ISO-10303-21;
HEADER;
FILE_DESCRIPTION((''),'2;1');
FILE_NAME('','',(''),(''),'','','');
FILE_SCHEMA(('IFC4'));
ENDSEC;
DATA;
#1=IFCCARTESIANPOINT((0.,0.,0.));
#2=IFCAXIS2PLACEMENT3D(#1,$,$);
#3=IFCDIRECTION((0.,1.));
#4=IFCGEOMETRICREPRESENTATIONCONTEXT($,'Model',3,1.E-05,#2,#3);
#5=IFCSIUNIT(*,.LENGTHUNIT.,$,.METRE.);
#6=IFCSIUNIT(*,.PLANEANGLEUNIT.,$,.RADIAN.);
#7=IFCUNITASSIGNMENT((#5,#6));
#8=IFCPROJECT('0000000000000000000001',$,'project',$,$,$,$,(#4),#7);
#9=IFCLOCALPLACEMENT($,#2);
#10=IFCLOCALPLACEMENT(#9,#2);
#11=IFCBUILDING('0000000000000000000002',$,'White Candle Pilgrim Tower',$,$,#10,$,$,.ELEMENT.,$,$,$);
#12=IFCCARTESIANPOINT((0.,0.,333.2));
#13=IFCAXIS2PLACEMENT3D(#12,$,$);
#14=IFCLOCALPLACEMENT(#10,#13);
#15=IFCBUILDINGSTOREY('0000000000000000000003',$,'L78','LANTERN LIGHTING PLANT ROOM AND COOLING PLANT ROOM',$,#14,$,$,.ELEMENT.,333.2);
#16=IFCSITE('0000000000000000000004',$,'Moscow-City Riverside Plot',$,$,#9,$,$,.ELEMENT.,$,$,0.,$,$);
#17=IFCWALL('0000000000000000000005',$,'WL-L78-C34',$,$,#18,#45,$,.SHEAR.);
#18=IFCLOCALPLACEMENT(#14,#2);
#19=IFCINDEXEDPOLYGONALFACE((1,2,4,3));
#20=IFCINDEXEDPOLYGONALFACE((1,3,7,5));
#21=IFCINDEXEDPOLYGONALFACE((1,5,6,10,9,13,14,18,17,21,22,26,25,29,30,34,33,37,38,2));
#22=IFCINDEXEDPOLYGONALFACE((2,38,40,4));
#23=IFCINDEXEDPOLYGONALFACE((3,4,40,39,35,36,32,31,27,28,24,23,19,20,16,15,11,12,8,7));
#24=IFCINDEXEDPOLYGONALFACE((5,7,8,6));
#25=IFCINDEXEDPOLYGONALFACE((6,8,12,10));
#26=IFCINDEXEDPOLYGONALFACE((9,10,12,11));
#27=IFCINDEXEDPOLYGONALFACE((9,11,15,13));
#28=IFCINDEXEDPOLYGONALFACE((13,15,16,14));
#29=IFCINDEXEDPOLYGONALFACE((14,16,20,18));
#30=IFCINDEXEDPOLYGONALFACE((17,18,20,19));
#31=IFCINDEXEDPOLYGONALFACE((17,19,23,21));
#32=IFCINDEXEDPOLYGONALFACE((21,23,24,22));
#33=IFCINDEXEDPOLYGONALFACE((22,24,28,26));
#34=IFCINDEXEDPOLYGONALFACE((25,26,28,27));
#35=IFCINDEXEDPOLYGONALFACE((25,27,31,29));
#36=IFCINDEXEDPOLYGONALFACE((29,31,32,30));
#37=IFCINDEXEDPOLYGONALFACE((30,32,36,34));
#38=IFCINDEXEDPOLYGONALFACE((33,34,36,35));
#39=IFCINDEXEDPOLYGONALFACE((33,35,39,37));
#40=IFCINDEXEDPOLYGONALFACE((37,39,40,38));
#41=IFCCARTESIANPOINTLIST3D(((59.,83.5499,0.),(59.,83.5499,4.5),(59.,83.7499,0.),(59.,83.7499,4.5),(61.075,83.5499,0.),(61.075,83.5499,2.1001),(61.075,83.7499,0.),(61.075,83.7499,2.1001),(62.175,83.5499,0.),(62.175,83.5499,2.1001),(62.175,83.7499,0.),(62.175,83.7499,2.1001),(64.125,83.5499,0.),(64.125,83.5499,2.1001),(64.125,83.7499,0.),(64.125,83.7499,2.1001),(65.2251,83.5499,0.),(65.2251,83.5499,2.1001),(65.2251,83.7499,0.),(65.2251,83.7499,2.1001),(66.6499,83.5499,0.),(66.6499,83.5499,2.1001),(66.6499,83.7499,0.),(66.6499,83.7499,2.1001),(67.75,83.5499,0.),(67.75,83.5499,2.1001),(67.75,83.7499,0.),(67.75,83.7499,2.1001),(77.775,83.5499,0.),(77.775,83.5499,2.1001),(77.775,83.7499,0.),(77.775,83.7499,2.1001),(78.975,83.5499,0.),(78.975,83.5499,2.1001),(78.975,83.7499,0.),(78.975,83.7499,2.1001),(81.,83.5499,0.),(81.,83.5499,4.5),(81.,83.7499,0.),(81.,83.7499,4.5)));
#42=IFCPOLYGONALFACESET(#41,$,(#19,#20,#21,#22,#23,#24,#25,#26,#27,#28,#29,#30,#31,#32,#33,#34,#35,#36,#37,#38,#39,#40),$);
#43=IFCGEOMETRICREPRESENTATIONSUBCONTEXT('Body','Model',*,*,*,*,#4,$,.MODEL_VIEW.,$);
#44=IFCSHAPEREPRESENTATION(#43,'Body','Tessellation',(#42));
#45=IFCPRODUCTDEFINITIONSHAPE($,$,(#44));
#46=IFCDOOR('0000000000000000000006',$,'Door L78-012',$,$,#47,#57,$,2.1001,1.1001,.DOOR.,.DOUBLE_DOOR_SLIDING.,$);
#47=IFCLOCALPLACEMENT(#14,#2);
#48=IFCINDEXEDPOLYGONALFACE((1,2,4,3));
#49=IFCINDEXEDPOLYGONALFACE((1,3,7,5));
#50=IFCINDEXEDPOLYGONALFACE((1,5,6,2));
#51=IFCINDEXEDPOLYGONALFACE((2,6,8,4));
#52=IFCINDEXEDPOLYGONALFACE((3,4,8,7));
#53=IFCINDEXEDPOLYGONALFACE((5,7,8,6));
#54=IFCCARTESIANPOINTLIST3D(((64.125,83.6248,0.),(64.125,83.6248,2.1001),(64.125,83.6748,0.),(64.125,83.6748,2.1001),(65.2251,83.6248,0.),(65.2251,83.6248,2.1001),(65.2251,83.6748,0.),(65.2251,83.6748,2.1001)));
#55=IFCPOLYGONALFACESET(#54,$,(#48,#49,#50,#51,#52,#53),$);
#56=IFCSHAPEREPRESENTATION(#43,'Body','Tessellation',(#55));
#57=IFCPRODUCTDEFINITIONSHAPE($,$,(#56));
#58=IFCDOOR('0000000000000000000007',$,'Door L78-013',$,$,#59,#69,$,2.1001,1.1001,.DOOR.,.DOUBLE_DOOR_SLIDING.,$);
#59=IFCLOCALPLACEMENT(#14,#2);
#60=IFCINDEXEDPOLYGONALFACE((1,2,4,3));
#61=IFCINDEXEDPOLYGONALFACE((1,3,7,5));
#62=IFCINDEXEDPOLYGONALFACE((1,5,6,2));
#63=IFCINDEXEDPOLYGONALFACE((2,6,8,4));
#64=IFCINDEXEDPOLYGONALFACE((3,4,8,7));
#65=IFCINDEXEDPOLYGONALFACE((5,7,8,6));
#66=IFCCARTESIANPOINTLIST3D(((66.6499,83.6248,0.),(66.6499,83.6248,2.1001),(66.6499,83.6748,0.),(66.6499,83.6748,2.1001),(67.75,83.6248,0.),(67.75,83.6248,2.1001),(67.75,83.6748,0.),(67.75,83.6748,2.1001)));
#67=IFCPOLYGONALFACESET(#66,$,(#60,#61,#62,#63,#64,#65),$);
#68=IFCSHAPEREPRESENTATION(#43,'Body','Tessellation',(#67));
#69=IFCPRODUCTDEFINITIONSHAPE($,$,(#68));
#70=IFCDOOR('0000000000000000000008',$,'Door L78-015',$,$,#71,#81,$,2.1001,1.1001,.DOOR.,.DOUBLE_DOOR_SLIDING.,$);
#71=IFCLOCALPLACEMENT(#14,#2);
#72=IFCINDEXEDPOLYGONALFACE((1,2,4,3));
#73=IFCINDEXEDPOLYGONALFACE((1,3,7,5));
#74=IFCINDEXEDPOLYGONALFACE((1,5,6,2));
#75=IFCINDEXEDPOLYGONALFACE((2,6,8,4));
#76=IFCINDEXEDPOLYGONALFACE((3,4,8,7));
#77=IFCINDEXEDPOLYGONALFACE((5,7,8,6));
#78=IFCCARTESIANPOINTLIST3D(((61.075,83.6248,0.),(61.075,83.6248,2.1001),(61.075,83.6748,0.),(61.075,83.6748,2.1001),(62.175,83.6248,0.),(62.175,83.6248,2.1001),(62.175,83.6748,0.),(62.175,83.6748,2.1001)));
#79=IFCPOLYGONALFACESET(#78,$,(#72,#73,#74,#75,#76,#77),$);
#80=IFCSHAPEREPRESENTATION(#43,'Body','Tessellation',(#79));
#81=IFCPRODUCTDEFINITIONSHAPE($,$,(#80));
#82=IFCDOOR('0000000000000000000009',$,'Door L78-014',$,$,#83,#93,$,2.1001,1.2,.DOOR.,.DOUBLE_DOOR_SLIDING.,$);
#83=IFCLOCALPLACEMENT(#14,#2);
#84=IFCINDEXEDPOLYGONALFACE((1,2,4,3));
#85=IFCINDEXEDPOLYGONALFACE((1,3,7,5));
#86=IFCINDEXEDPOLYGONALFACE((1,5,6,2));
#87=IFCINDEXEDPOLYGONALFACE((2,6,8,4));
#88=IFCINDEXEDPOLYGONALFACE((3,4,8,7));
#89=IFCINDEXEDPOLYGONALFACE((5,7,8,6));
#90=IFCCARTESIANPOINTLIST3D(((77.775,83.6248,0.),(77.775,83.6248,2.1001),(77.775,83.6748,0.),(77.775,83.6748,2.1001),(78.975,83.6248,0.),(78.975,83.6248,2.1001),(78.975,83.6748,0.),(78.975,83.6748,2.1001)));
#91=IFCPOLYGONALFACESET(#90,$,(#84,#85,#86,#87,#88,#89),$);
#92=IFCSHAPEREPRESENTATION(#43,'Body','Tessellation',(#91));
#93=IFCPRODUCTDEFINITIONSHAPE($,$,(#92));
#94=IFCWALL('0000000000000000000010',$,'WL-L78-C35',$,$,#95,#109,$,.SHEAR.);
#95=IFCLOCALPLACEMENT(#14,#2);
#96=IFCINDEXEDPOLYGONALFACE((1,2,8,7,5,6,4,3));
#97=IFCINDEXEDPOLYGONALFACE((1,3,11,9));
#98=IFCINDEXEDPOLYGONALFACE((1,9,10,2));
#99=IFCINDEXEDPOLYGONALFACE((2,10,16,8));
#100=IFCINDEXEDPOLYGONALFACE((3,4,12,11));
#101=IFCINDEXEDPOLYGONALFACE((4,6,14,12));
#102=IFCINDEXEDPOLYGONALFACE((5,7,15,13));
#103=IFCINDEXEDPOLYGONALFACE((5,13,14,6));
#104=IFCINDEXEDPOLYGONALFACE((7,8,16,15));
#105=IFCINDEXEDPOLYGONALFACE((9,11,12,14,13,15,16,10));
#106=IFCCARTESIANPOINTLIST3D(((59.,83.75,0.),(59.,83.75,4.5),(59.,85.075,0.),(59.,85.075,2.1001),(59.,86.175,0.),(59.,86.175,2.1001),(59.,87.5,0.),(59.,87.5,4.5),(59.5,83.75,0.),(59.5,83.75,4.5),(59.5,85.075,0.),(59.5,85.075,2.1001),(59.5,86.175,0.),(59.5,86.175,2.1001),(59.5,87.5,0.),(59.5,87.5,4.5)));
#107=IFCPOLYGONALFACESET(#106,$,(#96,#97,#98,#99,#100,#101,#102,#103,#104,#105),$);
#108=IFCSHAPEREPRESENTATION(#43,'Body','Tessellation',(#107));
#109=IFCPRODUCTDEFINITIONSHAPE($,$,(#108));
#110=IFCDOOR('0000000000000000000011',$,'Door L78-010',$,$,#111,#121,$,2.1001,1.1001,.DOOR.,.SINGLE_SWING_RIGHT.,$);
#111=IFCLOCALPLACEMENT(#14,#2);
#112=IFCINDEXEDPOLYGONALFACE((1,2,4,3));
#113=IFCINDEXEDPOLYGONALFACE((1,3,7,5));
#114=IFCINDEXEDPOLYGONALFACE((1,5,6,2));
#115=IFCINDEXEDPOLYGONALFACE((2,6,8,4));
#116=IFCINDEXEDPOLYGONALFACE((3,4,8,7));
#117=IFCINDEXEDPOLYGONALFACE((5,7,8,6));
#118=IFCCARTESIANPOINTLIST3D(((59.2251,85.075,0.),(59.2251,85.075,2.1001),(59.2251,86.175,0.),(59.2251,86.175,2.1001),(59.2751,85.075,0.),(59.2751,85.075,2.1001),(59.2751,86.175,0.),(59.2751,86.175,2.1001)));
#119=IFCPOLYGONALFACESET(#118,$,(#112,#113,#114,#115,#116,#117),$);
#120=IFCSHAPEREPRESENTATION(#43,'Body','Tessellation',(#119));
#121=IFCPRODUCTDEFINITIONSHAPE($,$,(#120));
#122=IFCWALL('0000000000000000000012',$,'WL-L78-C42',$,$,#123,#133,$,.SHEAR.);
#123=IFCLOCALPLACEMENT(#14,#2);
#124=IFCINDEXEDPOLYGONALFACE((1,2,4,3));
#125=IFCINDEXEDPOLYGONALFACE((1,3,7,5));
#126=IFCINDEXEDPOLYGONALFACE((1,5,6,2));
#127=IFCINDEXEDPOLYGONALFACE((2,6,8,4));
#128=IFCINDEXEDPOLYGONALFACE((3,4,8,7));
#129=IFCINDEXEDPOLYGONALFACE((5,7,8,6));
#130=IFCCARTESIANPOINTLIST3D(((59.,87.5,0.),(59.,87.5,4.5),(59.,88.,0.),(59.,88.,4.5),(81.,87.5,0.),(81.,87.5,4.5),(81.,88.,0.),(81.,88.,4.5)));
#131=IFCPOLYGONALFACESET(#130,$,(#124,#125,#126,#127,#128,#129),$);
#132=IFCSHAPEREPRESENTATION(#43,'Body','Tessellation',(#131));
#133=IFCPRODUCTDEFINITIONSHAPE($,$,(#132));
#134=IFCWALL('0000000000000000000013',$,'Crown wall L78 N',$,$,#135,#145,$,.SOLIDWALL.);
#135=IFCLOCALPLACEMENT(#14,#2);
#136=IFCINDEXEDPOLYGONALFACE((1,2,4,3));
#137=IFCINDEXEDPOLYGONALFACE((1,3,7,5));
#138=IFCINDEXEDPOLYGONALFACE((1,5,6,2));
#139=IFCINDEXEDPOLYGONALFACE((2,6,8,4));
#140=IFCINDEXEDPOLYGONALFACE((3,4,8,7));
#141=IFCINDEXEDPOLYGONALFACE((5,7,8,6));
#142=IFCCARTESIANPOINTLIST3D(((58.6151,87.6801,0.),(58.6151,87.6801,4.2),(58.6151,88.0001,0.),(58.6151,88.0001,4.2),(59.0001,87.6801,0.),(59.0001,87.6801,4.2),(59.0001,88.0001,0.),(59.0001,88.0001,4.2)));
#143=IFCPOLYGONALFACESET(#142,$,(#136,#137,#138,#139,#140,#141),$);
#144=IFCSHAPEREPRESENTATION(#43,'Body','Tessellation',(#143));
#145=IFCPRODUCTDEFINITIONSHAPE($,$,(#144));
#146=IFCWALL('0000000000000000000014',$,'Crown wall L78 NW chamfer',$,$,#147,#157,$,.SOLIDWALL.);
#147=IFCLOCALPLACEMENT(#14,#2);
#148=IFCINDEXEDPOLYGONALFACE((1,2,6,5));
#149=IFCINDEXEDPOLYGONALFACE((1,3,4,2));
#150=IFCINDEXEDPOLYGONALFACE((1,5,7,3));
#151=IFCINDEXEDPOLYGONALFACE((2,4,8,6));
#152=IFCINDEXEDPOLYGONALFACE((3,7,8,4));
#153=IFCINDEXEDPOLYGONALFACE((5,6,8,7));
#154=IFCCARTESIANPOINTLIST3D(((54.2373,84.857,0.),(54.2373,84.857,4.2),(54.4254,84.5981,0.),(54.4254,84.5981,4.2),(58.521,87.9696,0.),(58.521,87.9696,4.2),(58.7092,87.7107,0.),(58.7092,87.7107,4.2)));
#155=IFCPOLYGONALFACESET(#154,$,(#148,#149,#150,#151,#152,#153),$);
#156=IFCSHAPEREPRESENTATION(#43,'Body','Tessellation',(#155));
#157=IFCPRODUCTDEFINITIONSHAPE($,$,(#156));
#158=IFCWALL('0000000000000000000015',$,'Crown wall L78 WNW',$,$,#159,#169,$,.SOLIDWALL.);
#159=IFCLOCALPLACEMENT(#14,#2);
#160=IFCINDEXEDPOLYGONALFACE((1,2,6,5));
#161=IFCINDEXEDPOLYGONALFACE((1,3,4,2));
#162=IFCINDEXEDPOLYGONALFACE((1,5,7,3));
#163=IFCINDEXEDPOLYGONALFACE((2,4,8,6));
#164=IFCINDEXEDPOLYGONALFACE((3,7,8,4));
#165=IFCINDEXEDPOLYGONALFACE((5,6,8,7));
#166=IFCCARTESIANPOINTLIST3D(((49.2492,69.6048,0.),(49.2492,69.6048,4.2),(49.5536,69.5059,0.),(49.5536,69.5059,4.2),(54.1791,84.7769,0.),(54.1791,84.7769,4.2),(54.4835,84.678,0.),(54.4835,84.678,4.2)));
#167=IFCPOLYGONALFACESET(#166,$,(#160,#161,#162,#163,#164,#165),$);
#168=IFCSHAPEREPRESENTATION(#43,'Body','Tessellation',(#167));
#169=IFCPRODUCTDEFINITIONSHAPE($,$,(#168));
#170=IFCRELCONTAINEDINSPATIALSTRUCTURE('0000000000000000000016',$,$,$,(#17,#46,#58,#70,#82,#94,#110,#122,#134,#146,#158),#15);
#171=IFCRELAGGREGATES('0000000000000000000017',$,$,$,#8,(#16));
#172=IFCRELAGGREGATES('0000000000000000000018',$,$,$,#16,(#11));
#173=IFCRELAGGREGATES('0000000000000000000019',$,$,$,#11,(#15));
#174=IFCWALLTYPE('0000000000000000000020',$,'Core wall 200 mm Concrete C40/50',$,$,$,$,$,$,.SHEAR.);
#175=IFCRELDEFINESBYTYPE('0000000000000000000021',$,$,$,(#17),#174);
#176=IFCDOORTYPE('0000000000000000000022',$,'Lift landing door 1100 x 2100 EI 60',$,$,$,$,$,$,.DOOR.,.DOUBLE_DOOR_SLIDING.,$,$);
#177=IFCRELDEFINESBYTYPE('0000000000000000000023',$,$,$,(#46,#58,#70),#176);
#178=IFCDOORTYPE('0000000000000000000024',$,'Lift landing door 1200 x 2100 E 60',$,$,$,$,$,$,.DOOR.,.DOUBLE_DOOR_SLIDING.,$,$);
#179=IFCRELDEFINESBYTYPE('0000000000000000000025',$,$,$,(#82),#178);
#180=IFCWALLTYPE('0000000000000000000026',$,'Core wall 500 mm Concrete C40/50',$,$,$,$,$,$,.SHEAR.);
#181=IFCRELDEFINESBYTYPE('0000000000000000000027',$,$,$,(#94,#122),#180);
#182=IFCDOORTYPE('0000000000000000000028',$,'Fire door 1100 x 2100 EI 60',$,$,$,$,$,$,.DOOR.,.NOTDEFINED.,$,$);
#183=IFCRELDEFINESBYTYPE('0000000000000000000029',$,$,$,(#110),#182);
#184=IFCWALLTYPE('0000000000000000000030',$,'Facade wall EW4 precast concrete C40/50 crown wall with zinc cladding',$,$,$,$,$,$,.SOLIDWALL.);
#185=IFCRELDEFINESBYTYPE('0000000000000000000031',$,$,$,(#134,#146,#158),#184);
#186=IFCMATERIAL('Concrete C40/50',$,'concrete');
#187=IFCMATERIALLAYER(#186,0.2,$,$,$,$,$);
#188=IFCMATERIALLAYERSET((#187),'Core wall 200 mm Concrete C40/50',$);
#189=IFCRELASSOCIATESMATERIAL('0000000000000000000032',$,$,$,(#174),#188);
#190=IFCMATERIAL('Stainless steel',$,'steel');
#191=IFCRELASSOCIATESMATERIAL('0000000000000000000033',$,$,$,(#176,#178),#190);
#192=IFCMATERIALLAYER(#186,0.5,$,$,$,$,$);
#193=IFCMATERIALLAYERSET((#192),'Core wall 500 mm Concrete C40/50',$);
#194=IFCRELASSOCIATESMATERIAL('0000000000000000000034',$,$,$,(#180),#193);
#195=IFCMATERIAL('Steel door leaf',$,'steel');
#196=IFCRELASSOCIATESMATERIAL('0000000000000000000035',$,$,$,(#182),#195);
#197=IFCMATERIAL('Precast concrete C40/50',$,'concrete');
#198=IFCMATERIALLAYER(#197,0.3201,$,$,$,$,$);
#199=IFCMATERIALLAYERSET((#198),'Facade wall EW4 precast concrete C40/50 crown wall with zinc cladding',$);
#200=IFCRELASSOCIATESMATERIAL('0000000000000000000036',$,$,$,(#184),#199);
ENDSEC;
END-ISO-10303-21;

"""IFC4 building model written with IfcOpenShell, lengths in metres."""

from ifc_helpers import new_model, si_unit, direction, frame, frame_2d, origin, place, context, subcontext, project, spatial, rectangle, extrude, material, layer, layer_set, type_object, element, fill, save


model = new_model("IFC4")

# Units and contexts
model_context = context("Model", 3, precision=1e-05, world=origin(), true_north=direction((0.0, 1.0)))
body_context = subcontext(model_context, "Body", "Model", "MODEL_VIEW")
ifc_project = project(units=[si_unit("LENGTHUNIT", "METRE"), si_unit("PLANEANGLEUNIT", "RADIAN")], contexts=[model_context])

# Site, building, storey
site_placement = place(None, origin())
site = spatial("IfcSite", under=ifc_project, at=site_placement, Name="Moscow-City Riverside Plot", CompositionType="ELEMENT", RefElevation=0.0)
building_placement = place(site_placement, origin())
building = spatial("IfcBuilding", under=site, at=building_placement, Name="White Candle Pilgrim Tower", CompositionType="ELEMENT")
storey_placement = place(building_placement, frame((0.0, 0.0, 333.2)))
storey = spatial("IfcBuildingStorey", under=building, at=storey_placement, Name="L78", Description="LANTERN LIGHTING PLANT ROOM AND COOLING PLANT ROOM", CompositionType="ELEMENT", Elevation=333.2)

# Shared definitions
ifc_material_1 = material(Name="Concrete C40/50", Category="concrete")
ifc_layer_1 = layer(ifc_material_1, 0.2)
ifc_layer_set_1 = layer_set([ifc_layer_1], Name="Core wall 200 mm Concrete C40/50")
wall_type_1 = type_object("IfcWallType", Name="Core wall 200 mm Concrete C40/50", PredefinedType="SHEAR", material=ifc_layer_set_1)

# Wall, openings, doors
wall_1_placement = place(storey_placement, frame((59.0, 83.6499, 0.0), z_axis=(0.0, 0.0, 1.0), x_axis=(1.0, 0.0, 0.0)))
wall_1 = element("IfcWall", 1, at=wall_1_placement, inside=storey, type_object=wall_type_1, Name="WL-L78-C34", PredefinedType="SHEAR", context=body_context, shape_type="SweptSolid", body=[
    extrude(rectangle(XDim=22.0, YDim=0.2, at=frame_2d((11.0, 0.0))), origin(), (0.0, 0.0, 1.0), 4.5),
])
opening_1_placement = place(wall_1_placement, frame((5.125, 0.0, 0.0)))
opening_1 = element("IfcOpeningElement", 2, at=opening_1_placement, cuts=wall_1, PredefinedType="OPENING", context=body_context, shape_type="SweptSolid", body=[
    extrude(rectangle(XDim=1.1001, YDim=2.1001, at=frame_2d((0.55, 1.05))), frame((0.0, 0.1099, 0.0), z_axis=(0.0, -1.0, 0.0), x_axis=(1.0, 0.0, 0.0)), (0.0, 0.0, 1.0), 0.22),
])
opening_2_placement = place(wall_1_placement, frame((7.6499, 0.0, 0.0)))
opening_2 = element("IfcOpeningElement", 3, at=opening_2_placement, cuts=wall_1, PredefinedType="OPENING", context=body_context, shape_type="SweptSolid", body=[
    extrude(rectangle(XDim=1.1001, YDim=2.1001, at=frame_2d((0.55, 1.05))), frame((0.0, 0.1099, 0.0), z_axis=(0.0, -1.0, 0.0), x_axis=(1.0, 0.0, 0.0)), (0.0, 0.0, 1.0), 0.22),
])
opening_3_placement = place(wall_1_placement, frame((18.7749, 0.0, 0.0)))
opening_3 = element("IfcOpeningElement", 4, at=opening_3_placement, cuts=wall_1, PredefinedType="OPENING", context=body_context, shape_type="SweptSolid", body=[
    extrude(rectangle(XDim=1.2, YDim=2.1001, at=frame_2d((0.6001, 1.05))), frame((0.0, 0.1099, 0.0), z_axis=(0.0, -1.0, 0.0), x_axis=(1.0, 0.0, 0.0)), (0.0, 0.0, 1.0), 0.22),
])
opening_4_placement = place(wall_1_placement, frame((2.075, 0.0, 0.0)))
opening_4 = element("IfcOpeningElement", 5, at=opening_4_placement, cuts=wall_1, PredefinedType="OPENING", context=body_context, shape_type="SweptSolid", body=[
    extrude(rectangle(XDim=1.1001, YDim=2.1001, at=frame_2d((0.55, 1.05))), frame((0.0, 0.1099, 0.0), z_axis=(0.0, -1.0, 0.0), x_axis=(1.0, 0.0, 0.0)), (0.0, 0.0, 1.0), 0.22),
])
ifc_material_2 = material(Name="Stainless steel", Category="steel")
door_type_1 = type_object("IfcDoorType", Name="Lift landing door 1100 x 2100 EI 60", OperationType="DOUBLE_DOOR_SLIDING", PredefinedType="DOOR", material=ifc_material_2)
door_1_placement = place(opening_1_placement, origin())
door_1 = element("IfcDoor", 6, at=door_1_placement, inside=storey, type_object=door_type_1, Name="Door L78-012", OperationType="DOUBLE_DOOR_SLIDING", OverallHeight=2.1001, OverallWidth=1.1001, PredefinedType="DOOR", context=body_context, shape_type="SweptSolid", body=[
    extrude(rectangle(XDim=1.1001, YDim=2.1001, at=frame_2d((0.55, 1.05))), frame((0.0, 0.0249, 0.0), z_axis=(0.0, -1.0, 0.0), x_axis=(1.0, 0.0, 0.0)), (0.0, 0.0, 1.0), 0.05),
])
fill(opening_1, door_1)
door_2_placement = place(opening_2_placement, origin())
door_2 = element("IfcDoor", 7, at=door_2_placement, inside=storey, type_object=door_type_1, Name="Door L78-013", OperationType="DOUBLE_DOOR_SLIDING", OverallHeight=2.1001, OverallWidth=1.1001, PredefinedType="DOOR", context=body_context, shape_type="SweptSolid", body=[
    extrude(rectangle(XDim=1.1001, YDim=2.1001, at=frame_2d((0.55, 1.05))), frame((0.0, 0.0249, 0.0), z_axis=(0.0, -1.0, 0.0), x_axis=(1.0, 0.0, 0.0)), (0.0, 0.0, 1.0), 0.05),
])
fill(opening_2, door_2)
door_3_placement = place(opening_4_placement, origin())
door_3 = element("IfcDoor", 8, at=door_3_placement, inside=storey, type_object=door_type_1, Name="Door L78-015", OperationType="DOUBLE_DOOR_SLIDING", OverallHeight=2.1001, OverallWidth=1.1001, PredefinedType="DOOR", context=body_context, shape_type="SweptSolid", body=[
    extrude(rectangle(XDim=1.1001, YDim=2.1001, at=frame_2d((0.55, 1.05))), frame((0.0, 0.0249, 0.0), z_axis=(0.0, -1.0, 0.0), x_axis=(1.0, 0.0, 0.0)), (0.0, 0.0, 1.0), 0.05),
])
fill(opening_4, door_3)
door_type_2 = type_object("IfcDoorType", Name="Lift landing door 1200 x 2100 E 60", OperationType="DOUBLE_DOOR_SLIDING", PredefinedType="DOOR", material=ifc_material_2)
door_4_placement = place(opening_3_placement, origin())
door_4 = element("IfcDoor", 9, at=door_4_placement, inside=storey, type_object=door_type_2, Name="Door L78-014", OperationType="DOUBLE_DOOR_SLIDING", OverallHeight=2.1001, OverallWidth=1.2, PredefinedType="DOOR", context=body_context, shape_type="SweptSolid", body=[
    extrude(rectangle(XDim=1.2, YDim=2.1001, at=frame_2d((0.6001, 1.05))), frame((0.0, 0.0249, 0.0), z_axis=(0.0, -1.0, 0.0), x_axis=(1.0, 0.0, 0.0)), (0.0, 0.0, 1.0), 0.05),
])
fill(opening_3, door_4)

# Wall, opening, door
ifc_layer_2 = layer(ifc_material_1, 0.5)
ifc_layer_set_2 = layer_set([ifc_layer_2], Name="Core wall 500 mm Concrete C40/50")
wall_type_2 = type_object("IfcWallType", Name="Core wall 500 mm Concrete C40/50", PredefinedType="SHEAR", material=ifc_layer_set_2)
wall_2_placement = place(storey_placement, frame((59.25, 83.75, 0.0), z_axis=(0.0, 0.0, 1.0), x_axis=(0.0, 1.0, 0.0)))
wall_2 = element("IfcWall", 10, at=wall_2_placement, inside=storey, type_object=wall_type_2, Name="WL-L78-C35", PredefinedType="SHEAR", context=body_context, shape_type="SweptSolid", body=[
    extrude(rectangle(XDim=3.75, YDim=0.5, at=frame_2d((1.875, 0.0))), origin(), (0.0, 0.0, 1.0), 4.5),
])
opening_5_placement = place(wall_2_placement, frame((1.325, 0.0, 0.0)))
opening_5 = element("IfcOpeningElement", 11, at=opening_5_placement, cuts=wall_2, PredefinedType="OPENING", context=body_context, shape_type="SweptSolid", body=[
    extrude(rectangle(XDim=1.1001, YDim=2.1001, at=frame_2d((0.55, 1.05))), frame((0.0, 0.26, 0.0), z_axis=(0.0, -1.0, 0.0), x_axis=(1.0, 0.0, 0.0)), (0.0, 0.0, 1.0), 0.52),
])
ifc_material_3 = material(Name="Steel door leaf", Category="steel")
door_type_3 = type_object("IfcDoorType", Name="Fire door 1100 x 2100 EI 60", OperationType="NOTDEFINED", PredefinedType="DOOR", material=ifc_material_3)
door_5_placement = place(opening_5_placement, origin())
door_5 = element("IfcDoor", 12, at=door_5_placement, inside=storey, type_object=door_type_3, Name="Door L78-010", OperationType="SINGLE_SWING_RIGHT", OverallHeight=2.1001, OverallWidth=1.1001, PredefinedType="DOOR", context=body_context, shape_type="SweptSolid", body=[
    extrude(rectangle(XDim=1.1001, YDim=2.1001, at=frame_2d((0.55, 1.05))), frame((0.0, 0.0249, 0.0), z_axis=(0.0, -1.0, 0.0), x_axis=(1.0, 0.0, 0.0)), (0.0, 0.0, 1.0), 0.05),
])
fill(opening_5, door_5)

# Walls
wall_3_placement = place(storey_placement, frame((59.0, 87.75, 0.0), z_axis=(0.0, 0.0, 1.0), x_axis=(1.0, 0.0, 0.0)))
element("IfcWall", 13, at=wall_3_placement, inside=storey, type_object=wall_type_2, Name="WL-L78-C42", PredefinedType="SHEAR", context=body_context, shape_type="SweptSolid", body=[
    extrude(rectangle(XDim=22.0, YDim=0.5, at=frame_2d((11.0, 0.0))), origin(), (0.0, 0.0, 1.0), 4.5),
])
ifc_material_4 = material(Name="Precast concrete C40/50", Category="concrete")
ifc_layer_3 = layer(ifc_material_4, 0.3201)
ifc_layer_set_3 = layer_set([ifc_layer_3], Name="Facade wall EW4 precast concrete C40/50 crown wall with zinc cladding")
wall_type_3 = type_object("IfcWallType", Name="Facade wall EW4 precast concrete C40/50 crown wall with zinc cladding", PredefinedType="SOLIDWALL", material=ifc_layer_set_3)
wall_4_placement = place(storey_placement, frame((59.0, 87.8401, 0.0), z_axis=(0.0, 0.0, 1.0), x_axis=(-1.0, 0.0, 0.0)))
element("IfcWall", 14, at=wall_4_placement, inside=storey, type_object=wall_type_3, Name="Crown wall L78 N", PredefinedType="SOLIDWALL", context=body_context, shape_type="SweptSolid", body=[
    extrude(rectangle(XDim=0.385, YDim=0.3201, at=frame_2d((0.1924, 0.0))), origin(), (0.0, 0.0, 1.0), 4.2),
])
wall_5_placement = place(storey_placement, frame((58.615, 87.8401, 0.0), z_axis=(0.0, 0.0, 1.0), x_axis=(-0.808993, -0.587818, 0.0)))
element("IfcWall", 15, at=wall_5_placement, inside=storey, type_object=wall_type_3, Name="Crown wall L78 NW chamfer", PredefinedType="SOLIDWALL", context=body_context, shape_type="SweptSolid", body=[
    extrude(rectangle(XDim=5.2952, YDim=0.3201, at=frame_2d((2.6475, 0.0))), origin(), (0.0, 0.0, 1.0), 4.2),
])
wall_6_placement = place(storey_placement, frame((54.3313, 84.7275, 0.0), z_axis=(0.0, 0.0, 1.0), x_axis=(-0.309029, -0.951053, 0.0)))
element("IfcWall", 16, at=wall_6_placement, inside=storey, type_object=wall_type_3, Name="Crown wall L78 WNW", PredefinedType="SOLIDWALL", context=body_context, shape_type="SweptSolid", body=[
    extrude(rectangle(XDim=15.9529, YDim=0.3201, at=frame_2d((7.9766, 0.0))), origin(), (0.0, 0.0, 1.0), 4.2),
])

save(model, "model.ifc")
